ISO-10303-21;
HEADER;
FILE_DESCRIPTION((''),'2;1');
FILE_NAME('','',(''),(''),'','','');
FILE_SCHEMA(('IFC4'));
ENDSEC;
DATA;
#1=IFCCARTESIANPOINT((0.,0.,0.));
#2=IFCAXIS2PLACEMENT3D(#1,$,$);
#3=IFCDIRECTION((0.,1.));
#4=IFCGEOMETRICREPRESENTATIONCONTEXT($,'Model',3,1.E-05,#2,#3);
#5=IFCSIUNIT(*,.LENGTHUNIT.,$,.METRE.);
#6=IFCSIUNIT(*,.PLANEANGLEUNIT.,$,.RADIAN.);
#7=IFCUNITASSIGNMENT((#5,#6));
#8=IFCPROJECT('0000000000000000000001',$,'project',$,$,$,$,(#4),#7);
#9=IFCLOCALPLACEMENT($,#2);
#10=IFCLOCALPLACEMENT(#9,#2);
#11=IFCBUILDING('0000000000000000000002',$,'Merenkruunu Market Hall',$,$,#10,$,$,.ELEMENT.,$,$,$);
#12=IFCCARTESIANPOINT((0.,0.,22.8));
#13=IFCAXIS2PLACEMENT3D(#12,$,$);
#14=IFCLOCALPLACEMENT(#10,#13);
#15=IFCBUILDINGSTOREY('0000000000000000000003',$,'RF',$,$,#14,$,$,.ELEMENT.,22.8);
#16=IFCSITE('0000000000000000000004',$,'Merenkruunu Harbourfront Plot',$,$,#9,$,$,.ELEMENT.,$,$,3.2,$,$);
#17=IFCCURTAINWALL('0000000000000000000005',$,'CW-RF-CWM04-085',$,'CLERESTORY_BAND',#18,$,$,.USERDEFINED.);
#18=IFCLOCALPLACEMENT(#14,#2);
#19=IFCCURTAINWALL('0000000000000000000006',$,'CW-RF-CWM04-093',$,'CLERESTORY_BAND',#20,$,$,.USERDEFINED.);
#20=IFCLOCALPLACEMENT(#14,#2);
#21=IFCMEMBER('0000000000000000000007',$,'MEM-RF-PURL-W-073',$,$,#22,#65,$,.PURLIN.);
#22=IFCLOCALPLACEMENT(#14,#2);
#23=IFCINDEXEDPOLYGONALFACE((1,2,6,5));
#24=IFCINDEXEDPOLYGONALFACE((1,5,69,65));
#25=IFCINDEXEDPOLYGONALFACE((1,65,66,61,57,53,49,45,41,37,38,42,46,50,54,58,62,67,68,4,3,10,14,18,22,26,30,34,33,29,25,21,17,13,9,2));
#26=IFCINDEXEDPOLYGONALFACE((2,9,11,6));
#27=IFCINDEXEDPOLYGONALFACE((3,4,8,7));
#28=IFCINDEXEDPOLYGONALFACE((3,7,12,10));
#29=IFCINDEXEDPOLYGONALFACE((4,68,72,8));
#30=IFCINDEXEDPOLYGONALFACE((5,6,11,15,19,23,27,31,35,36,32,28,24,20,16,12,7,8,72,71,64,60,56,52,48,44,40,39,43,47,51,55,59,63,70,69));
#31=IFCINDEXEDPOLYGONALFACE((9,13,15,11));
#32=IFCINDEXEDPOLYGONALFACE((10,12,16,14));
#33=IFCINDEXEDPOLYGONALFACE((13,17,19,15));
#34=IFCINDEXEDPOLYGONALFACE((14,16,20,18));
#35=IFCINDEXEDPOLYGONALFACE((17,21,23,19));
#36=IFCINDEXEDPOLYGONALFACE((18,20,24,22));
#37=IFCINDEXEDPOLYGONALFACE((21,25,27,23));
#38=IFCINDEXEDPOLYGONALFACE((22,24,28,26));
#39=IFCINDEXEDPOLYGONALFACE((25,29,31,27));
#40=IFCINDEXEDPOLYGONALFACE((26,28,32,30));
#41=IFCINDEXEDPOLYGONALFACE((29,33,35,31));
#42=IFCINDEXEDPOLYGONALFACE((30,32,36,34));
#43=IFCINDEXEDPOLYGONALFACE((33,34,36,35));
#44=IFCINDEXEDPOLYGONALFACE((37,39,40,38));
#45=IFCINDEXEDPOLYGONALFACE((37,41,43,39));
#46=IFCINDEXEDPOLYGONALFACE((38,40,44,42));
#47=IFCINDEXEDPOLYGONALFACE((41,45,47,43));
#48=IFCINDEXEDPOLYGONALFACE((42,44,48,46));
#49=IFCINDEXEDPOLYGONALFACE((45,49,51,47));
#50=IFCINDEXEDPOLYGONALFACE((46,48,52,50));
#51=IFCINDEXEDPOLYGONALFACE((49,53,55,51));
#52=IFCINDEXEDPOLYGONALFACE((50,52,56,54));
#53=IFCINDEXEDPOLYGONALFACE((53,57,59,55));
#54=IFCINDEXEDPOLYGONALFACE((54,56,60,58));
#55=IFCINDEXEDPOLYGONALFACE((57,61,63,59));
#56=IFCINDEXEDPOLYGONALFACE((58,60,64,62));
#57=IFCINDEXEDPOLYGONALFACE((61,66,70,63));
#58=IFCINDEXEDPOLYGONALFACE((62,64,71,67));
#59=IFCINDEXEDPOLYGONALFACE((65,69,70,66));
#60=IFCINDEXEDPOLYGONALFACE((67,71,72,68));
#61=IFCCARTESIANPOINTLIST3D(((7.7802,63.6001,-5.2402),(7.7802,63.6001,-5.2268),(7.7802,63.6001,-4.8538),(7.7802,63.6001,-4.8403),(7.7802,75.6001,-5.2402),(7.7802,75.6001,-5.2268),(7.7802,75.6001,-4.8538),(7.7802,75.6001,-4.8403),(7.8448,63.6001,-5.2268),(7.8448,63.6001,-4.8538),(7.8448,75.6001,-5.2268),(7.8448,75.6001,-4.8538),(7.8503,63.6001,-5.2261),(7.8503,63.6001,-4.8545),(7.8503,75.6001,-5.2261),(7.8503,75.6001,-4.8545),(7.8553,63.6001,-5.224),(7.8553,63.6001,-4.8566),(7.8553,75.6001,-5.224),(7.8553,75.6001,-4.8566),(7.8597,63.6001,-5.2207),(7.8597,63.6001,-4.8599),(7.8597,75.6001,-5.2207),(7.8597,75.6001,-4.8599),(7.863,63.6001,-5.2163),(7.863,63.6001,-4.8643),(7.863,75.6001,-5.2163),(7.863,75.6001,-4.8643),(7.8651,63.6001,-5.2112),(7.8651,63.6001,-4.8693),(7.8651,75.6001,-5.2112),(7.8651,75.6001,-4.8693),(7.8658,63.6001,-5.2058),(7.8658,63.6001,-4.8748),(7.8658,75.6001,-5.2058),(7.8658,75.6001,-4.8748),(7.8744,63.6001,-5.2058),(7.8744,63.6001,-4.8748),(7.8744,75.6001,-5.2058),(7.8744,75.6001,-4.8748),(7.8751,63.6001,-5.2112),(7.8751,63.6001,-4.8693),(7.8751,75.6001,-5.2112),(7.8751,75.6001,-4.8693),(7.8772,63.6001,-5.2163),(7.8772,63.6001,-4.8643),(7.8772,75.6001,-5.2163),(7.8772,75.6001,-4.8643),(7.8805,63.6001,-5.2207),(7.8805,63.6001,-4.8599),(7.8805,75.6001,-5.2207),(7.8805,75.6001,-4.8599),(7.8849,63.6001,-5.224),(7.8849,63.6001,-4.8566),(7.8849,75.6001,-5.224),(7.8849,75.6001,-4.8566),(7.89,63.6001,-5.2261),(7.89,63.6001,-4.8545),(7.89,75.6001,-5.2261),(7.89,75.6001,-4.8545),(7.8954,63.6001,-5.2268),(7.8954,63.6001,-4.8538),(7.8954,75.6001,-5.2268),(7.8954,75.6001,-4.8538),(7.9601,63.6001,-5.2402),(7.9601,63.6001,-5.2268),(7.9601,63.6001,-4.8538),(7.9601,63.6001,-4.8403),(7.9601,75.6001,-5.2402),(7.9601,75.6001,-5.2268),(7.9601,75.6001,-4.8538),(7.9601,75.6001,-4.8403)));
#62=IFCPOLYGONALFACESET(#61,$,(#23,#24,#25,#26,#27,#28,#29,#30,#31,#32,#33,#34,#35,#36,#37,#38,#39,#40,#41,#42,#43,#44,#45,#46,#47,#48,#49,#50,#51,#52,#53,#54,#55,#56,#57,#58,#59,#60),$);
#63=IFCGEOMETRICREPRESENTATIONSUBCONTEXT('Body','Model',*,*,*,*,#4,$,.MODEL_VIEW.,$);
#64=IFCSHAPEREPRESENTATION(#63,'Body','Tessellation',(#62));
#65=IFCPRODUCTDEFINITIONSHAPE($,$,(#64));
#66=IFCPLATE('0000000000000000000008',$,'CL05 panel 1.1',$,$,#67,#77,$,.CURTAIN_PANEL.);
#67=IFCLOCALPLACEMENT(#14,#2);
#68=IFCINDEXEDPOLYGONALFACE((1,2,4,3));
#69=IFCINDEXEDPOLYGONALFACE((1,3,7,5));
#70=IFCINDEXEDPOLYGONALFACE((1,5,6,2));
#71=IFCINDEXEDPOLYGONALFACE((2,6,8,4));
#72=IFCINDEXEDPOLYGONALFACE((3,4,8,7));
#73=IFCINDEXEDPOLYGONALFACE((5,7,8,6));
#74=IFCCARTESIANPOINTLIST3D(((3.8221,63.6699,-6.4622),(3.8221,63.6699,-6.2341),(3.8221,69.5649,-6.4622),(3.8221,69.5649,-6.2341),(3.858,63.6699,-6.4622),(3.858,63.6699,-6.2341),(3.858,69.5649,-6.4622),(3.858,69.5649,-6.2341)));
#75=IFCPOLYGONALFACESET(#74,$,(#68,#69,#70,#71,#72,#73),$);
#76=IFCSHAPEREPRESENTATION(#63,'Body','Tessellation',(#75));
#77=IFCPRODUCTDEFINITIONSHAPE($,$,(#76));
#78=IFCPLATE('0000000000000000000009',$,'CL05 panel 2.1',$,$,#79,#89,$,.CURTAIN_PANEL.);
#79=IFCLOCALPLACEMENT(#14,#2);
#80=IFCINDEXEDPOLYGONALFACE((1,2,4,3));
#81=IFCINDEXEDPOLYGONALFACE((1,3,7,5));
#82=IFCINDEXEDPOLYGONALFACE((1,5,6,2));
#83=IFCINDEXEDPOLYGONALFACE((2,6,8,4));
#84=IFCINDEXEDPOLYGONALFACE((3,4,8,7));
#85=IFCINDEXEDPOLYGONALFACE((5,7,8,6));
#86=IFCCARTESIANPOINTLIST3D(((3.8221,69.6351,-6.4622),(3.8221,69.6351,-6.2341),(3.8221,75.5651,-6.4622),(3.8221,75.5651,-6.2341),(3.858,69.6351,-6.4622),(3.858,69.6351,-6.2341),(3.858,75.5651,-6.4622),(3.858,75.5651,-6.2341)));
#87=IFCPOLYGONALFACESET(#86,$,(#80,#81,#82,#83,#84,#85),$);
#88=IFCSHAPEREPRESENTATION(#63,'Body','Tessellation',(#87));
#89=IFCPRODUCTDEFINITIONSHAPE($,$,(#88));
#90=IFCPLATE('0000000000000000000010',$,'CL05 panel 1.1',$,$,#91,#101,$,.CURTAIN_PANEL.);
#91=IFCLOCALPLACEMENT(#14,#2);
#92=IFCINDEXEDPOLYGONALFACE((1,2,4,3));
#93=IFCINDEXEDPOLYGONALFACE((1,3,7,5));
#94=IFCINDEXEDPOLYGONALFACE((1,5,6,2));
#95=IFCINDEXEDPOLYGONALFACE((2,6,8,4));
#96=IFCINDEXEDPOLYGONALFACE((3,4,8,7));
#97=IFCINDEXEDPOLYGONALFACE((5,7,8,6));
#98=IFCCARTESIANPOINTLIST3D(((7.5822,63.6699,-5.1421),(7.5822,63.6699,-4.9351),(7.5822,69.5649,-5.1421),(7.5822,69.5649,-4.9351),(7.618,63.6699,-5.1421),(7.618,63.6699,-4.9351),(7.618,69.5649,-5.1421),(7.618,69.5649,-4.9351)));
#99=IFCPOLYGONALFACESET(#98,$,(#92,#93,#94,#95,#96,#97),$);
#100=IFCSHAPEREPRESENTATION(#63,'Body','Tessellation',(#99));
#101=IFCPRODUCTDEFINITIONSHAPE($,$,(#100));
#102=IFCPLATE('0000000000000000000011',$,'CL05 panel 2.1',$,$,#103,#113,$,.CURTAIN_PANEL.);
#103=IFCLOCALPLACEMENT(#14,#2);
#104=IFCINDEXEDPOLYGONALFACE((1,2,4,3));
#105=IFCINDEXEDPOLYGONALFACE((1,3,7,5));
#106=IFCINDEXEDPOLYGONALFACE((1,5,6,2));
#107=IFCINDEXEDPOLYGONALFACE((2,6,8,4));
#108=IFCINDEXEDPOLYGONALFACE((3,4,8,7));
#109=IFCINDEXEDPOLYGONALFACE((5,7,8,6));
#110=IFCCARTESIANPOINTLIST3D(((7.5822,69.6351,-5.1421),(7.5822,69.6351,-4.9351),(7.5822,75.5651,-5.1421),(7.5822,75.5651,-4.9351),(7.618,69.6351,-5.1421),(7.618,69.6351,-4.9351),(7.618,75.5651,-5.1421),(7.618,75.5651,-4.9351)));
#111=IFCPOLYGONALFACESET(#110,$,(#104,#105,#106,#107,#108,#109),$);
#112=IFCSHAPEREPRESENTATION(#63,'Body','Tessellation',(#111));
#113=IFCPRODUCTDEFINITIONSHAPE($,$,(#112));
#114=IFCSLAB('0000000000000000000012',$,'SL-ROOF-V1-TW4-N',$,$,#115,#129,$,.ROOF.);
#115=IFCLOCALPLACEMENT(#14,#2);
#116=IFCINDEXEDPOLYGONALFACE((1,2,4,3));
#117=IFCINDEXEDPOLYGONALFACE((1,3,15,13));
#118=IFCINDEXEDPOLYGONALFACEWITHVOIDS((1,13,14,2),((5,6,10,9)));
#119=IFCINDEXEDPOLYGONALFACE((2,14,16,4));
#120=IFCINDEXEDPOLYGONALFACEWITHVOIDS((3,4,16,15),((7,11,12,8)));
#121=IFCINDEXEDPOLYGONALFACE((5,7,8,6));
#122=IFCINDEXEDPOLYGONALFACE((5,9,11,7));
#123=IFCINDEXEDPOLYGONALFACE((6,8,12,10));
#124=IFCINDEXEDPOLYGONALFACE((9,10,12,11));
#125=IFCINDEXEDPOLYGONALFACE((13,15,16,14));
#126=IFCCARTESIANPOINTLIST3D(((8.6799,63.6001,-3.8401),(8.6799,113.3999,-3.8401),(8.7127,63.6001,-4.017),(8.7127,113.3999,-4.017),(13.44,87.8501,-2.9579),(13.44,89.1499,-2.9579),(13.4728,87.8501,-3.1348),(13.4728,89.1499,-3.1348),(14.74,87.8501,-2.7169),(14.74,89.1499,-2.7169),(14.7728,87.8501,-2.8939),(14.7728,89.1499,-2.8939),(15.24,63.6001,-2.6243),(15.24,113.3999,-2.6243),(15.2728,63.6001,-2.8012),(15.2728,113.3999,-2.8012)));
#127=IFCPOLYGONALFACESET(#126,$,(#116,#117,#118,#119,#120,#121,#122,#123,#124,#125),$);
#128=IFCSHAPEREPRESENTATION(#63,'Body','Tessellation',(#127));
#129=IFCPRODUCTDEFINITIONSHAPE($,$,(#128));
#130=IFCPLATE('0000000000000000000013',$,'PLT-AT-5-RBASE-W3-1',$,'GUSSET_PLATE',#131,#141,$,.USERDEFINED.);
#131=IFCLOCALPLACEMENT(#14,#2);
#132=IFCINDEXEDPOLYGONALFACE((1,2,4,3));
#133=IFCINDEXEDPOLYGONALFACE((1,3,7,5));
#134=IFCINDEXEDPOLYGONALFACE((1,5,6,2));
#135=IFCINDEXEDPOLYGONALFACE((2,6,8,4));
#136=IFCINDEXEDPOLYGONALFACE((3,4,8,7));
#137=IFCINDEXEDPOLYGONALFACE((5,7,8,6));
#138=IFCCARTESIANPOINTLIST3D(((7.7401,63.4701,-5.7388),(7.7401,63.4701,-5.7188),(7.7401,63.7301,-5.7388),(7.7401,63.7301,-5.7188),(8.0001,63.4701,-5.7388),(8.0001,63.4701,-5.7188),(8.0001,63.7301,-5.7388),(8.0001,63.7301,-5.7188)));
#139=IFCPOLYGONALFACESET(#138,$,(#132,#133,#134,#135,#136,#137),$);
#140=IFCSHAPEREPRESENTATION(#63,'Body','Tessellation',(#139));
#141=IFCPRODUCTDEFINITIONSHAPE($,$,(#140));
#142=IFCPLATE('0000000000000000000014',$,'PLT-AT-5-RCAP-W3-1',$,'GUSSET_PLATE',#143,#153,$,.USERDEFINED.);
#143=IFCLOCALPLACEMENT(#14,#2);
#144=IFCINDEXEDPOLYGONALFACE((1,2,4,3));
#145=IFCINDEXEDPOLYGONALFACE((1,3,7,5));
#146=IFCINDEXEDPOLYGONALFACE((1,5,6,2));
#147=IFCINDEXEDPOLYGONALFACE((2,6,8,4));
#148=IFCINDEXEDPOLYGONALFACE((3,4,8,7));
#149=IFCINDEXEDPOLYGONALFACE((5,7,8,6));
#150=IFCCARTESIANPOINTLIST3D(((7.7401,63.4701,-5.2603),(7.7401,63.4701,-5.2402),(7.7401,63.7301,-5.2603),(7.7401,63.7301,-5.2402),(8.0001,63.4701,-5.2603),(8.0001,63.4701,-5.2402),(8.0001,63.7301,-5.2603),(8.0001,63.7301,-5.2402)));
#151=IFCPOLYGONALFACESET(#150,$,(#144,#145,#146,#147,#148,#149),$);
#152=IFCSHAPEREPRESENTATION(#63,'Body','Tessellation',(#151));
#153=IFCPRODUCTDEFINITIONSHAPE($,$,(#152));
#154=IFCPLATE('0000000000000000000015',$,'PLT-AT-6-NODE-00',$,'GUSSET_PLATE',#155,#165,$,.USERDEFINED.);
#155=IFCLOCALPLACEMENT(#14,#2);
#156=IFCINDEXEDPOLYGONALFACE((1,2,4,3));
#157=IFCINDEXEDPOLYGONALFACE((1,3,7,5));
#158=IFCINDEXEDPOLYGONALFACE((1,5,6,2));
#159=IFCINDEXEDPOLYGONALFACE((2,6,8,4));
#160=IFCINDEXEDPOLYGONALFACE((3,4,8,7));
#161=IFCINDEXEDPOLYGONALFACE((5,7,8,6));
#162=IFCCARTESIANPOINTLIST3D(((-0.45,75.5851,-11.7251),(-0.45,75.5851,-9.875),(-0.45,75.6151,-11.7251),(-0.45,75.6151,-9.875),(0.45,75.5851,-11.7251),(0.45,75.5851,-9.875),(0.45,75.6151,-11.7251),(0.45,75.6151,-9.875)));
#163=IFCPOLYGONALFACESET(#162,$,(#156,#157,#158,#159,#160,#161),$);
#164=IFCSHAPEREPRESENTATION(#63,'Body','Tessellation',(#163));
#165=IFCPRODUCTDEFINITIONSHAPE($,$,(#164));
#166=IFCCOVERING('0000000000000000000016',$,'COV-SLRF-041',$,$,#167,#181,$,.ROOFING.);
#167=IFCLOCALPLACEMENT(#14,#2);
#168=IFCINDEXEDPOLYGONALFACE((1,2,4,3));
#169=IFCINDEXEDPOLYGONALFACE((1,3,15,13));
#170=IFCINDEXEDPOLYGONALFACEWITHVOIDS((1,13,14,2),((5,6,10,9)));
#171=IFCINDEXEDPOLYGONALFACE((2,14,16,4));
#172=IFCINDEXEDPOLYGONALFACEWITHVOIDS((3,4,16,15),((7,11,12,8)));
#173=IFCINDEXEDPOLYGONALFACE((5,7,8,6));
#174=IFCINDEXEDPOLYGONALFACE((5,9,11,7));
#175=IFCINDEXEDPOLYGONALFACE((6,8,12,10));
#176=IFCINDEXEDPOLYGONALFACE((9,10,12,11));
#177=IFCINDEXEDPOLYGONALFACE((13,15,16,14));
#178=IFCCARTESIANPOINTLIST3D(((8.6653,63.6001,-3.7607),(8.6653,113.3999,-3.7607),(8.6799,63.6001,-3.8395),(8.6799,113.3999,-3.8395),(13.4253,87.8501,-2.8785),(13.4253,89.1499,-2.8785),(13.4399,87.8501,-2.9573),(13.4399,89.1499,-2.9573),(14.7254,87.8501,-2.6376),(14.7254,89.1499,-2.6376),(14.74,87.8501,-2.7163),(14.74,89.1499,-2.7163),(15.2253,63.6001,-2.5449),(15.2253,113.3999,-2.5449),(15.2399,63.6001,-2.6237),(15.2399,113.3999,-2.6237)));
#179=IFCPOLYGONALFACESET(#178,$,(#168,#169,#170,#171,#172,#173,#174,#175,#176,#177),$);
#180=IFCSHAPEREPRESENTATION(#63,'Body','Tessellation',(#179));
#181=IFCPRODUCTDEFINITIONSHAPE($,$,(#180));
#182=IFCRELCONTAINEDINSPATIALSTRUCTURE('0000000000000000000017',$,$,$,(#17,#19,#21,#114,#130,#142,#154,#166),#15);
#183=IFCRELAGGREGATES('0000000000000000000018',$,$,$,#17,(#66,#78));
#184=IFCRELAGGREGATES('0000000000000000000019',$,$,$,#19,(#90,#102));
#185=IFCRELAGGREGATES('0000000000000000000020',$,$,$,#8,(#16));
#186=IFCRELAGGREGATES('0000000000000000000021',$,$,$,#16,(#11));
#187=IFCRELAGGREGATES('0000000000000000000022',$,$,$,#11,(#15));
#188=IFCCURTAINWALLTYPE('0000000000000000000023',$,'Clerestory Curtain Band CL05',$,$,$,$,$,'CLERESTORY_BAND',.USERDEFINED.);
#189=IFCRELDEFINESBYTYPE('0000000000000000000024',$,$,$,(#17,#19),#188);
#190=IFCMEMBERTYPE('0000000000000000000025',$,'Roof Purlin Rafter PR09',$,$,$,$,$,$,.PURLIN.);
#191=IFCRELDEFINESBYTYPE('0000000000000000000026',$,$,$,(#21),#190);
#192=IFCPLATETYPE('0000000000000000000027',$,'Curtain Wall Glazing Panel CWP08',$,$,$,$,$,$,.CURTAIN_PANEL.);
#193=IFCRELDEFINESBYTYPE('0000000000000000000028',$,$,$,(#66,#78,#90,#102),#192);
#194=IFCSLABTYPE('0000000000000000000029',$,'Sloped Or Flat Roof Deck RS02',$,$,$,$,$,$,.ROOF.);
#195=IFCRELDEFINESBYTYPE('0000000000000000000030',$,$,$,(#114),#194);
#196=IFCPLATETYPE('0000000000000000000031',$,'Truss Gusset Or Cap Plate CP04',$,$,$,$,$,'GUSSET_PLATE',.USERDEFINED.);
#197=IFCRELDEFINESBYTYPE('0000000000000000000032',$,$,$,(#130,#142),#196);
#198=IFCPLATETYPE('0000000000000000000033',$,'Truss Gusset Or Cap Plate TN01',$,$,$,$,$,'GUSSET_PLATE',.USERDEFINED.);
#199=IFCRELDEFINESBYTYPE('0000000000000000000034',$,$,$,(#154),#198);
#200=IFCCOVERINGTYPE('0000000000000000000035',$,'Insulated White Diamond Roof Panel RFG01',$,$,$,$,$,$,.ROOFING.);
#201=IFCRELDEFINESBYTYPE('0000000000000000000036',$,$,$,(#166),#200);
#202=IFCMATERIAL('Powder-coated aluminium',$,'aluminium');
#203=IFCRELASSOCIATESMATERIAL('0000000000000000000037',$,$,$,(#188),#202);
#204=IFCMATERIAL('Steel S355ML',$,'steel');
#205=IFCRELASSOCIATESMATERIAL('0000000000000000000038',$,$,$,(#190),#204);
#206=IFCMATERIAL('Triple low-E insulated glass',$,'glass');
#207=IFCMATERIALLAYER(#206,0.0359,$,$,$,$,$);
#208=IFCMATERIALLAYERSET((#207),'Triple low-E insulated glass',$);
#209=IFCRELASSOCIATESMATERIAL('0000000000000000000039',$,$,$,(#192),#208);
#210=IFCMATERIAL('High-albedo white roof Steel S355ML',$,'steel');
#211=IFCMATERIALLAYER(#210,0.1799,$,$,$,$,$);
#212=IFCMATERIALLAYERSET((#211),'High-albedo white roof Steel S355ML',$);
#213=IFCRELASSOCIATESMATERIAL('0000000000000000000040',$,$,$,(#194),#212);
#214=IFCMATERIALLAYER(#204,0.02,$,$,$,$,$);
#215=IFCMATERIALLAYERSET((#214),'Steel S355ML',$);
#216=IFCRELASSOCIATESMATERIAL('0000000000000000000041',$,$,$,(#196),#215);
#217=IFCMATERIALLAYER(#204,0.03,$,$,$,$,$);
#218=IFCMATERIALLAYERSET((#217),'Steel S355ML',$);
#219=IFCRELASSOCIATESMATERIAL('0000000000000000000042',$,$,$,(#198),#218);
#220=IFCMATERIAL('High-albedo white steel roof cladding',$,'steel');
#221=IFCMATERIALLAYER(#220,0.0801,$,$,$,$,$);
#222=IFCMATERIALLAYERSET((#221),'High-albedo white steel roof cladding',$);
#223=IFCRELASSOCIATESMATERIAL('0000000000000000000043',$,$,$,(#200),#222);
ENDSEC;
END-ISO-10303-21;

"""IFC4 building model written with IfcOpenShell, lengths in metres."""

from ifc_helpers import new_model, si_unit, direction, frame, origin, origin_2d, place, context, subcontext, project, spatial, polyline, rectangle, i_section, outline, extrude, material, layer, layer_set, material_profile, profile_set, type_object, element, aggregate, save


model = new_model("IFC4")

# Units and contexts
model_context = context("Model", 3, precision=1e-05, world=origin(), true_north=direction((0.0, 1.0)))
body_context = subcontext(model_context, "Body", "Model", "MODEL_VIEW")
ifc_project = project(units=[si_unit("LENGTHUNIT", "METRE"), si_unit("PLANEANGLEUNIT", "RADIAN")], contexts=[model_context])

# Site, building, storey
site_placement = place(None, origin())
site = spatial("IfcSite", under=ifc_project, at=site_placement, Name="Merenkruunu Harbourfront Plot", CompositionType="ELEMENT", RefElevation=3.2)
building_placement = place(site_placement, origin())
building = spatial("IfcBuilding", under=site, at=building_placement, Name="Merenkruunu Market Hall", CompositionType="ELEMENT")
storey_placement = place(building_placement, frame((0.0, 0.0, 22.8)))
storey = spatial("IfcBuildingStorey", under=building, at=storey_placement, Name="RF", CompositionType="ELEMENT", Elevation=22.8)

# Shared definitions
ifc_material_1 = material(Name="Steel S355ML", Category="steel")

# Curtain walls
ifc_material_2 = material(Name="Powder-coated aluminium", Category="aluminium")
curtain_wall_type = type_object("IfcCurtainWallType", Name="Clerestory Curtain Band CL05", ElementType="CLERESTORY_BAND", PredefinedType="USERDEFINED", material=ifc_material_2)
curtain_wall_1_placement = place(storey_placement, origin())
curtain_wall_1 = element("IfcCurtainWall", 1, at=curtain_wall_1_placement, inside=storey, type_object=curtain_wall_type, Name="CW-RF-CWM04-085", ObjectType="CLERESTORY_BAND", PredefinedType="USERDEFINED")
curtain_wall_2_placement = place(storey_placement, origin())
curtain_wall_2 = element("IfcCurtainWall", 2, at=curtain_wall_2_placement, inside=storey, type_object=curtain_wall_type, Name="CW-RF-CWM04-093", ObjectType="CLERESTORY_BAND", PredefinedType="USERDEFINED")

# Member
ifc_material_profile_1 = material_profile(ifc_material_1, i_section(OverallWidth=0.1799, OverallDepth=0.3999, WebThickness=0.0085, FlangeThickness=0.0134, FilletRadius=0.021, at=origin_2d()), Name="IPE 400")
ifc_profile_set_1 = profile_set([ifc_material_profile_1], Name="Steel S355ML")
member_type_1 = type_object("IfcMemberType", Name="Roof Purlin Rafter PR09", PredefinedType="PURLIN", material=ifc_profile_set_1)
member_1_placement = place(storey_placement, frame((7.8701, 63.6001, -5.0403), z_axis=(0.0, 1.0, 0.0), x_axis=(-1.0, 0.0, 0.0)))
element("IfcMember", 3, at=member_1_placement, inside=storey, type_object=member_type_1, Name="MEM-RF-PURL-W-073", PredefinedType="PURLIN", context=body_context, shape_type="SweptSolid", body=[
    extrude(i_section(OverallWidth=0.1799, OverallDepth=0.3999, WebThickness=0.0085, FlangeThickness=0.0134, FilletRadius=0.021, at=origin_2d()), origin(), (0.0, 0.0, 1.0), 12.0),
])

# Plates
ifc_material_3 = material(Name="Triple low-E insulated glass", Category="glass")
ifc_layer_1 = layer(ifc_material_3, 0.0359)
ifc_layer_set_1 = layer_set([ifc_layer_1], Name="Triple low-E insulated glass")
plate_type_1 = type_object("IfcPlateType", Name="Curtain Wall Glazing Panel CWP08", PredefinedType="CURTAIN_PANEL", material=ifc_layer_set_1)
plate_1_placement = place(storey_placement, frame((3.8401, 66.6174, -6.4622), z_axis=(0.0, 0.0, 1.0), x_axis=(0.0, 1.0, 0.0)))
plate_1 = element("IfcPlate", 4, at=plate_1_placement, type_object=plate_type_1, Name="CL05 panel 1.1", PredefinedType="CURTAIN_PANEL", context=body_context, shape_type="SweptSolid", body=[
    extrude(rectangle(XDim=5.895, YDim=0.0359, at=origin_2d()), origin(), (0.0, 0.0, 1.0), 0.228),
])
plate_2_placement = place(storey_placement, frame((3.8401, 72.6001, -6.4622), z_axis=(0.0, 0.0, 1.0), x_axis=(0.0, 1.0, 0.0)))
plate_2 = element("IfcPlate", 5, at=plate_2_placement, type_object=plate_type_1, Name="CL05 panel 2.1", PredefinedType="CURTAIN_PANEL", context=body_context, shape_type="SweptSolid", body=[
    extrude(rectangle(XDim=5.9299, YDim=0.0359, at=origin_2d()), origin(), (0.0, 0.0, 1.0), 0.228),
])
aggregate(curtain_wall_1, [plate_1, plate_2])
plate_3_placement = place(storey_placement, frame((7.6001, 66.6174, -5.1421), z_axis=(0.0, 0.0, 1.0), x_axis=(0.0, 1.0, 0.0)))
plate_3 = element("IfcPlate", 6, at=plate_3_placement, type_object=plate_type_1, Name="CL05 panel 1.1", PredefinedType="CURTAIN_PANEL", context=body_context, shape_type="SweptSolid", body=[
    extrude(rectangle(XDim=5.895, YDim=0.0359, at=origin_2d()), origin(), (0.0, 0.0, 1.0), 0.207),
])
plate_4_placement = place(storey_placement, frame((7.6001, 72.6001, -5.1421), z_axis=(0.0, 0.0, 1.0), x_axis=(0.0, 1.0, 0.0)))
plate_4 = element("IfcPlate", 7, at=plate_4_placement, type_object=plate_type_1, Name="CL05 panel 2.1", PredefinedType="CURTAIN_PANEL", context=body_context, shape_type="SweptSolid", body=[
    extrude(rectangle(XDim=5.9299, YDim=0.0359, at=origin_2d()), origin(), (0.0, 0.0, 1.0), 0.207),
])
aggregate(curtain_wall_2, [plate_3, plate_4])

# Slab
ifc_material_4 = material(Name="High-albedo white roof Steel S355ML", Category="steel")
ifc_layer_2 = layer(ifc_material_4, 0.1799)
ifc_layer_set_2 = layer_set([ifc_layer_2], Name="High-albedo white roof Steel S355ML")
slab_type = type_object("IfcSlabType", Name="Sloped Or Flat Roof Deck RS02", PredefinedType="ROOF", material=ifc_layer_set_2)
slab_placement = place(storey_placement, frame((8.6799, 63.6001, -3.8401), z_axis=(-0.182233, 0.0, 0.983255), x_axis=(0.983255, 0.0, 0.182233)))
element("IfcSlab", 8, at=slab_placement, inside=storey, type_object=slab_type, Name="SL-ROOF-V1-TW4-N", PredefinedType="ROOF", context=body_context, shape_type="SweptSolid", body=[
    extrude(outline(polyline([(0.0, 0.0), (6.6718, 0.0), (6.6718, 49.7998), (0.0, 49.7998), (0.0, 0.0)]), holes=[polyline([(4.8411, 24.25), (6.1633, 24.25), (6.1633, 25.5498), (4.8411, 25.5498), (4.8411, 24.25)])]), origin(), (0.0, 0.0, -1.0), 0.1799),
])

# Plates
ifc_layer_3 = layer(ifc_material_1, 0.02)
ifc_layer_set_3 = layer_set([ifc_layer_3], Name="Steel S355ML")
plate_type_2 = type_object("IfcPlateType", Name="Truss Gusset Or Cap Plate CP04", ElementType="GUSSET_PLATE", PredefinedType="USERDEFINED", material=ifc_layer_set_3)
for number, where, z_axis, x_axis, name in (
    (9, (7.8701, 63.6001, -5.7388), (0.0, 0.0, 1.0), (1.0, 0.0, 0.0), "PLT-AT-5-RBASE-W3-1"),
    (10, (7.8701, 63.6001, -5.2603), (0.0, 0.0, 1.0), (1.0, 0.0, 0.0), "PLT-AT-5-RCAP-W3-1"),
):
    element("IfcPlate", number, at=place(storey_placement, frame(where, z_axis=z_axis, x_axis=x_axis)), inside=storey, type_object=plate_type_2, Name=name, ObjectType="GUSSET_PLATE", PredefinedType="USERDEFINED", context=body_context, shape_type="SweptSolid", body=[
        extrude(rectangle(XDim=0.26, YDim=0.26, at=origin_2d()), origin(), (0.0, 0.0, 1.0), 0.02),
    ])
ifc_layer_4 = layer(ifc_material_1, 0.03)
ifc_layer_set_4 = layer_set([ifc_layer_4], Name="Steel S355ML")
plate_type_3 = type_object("IfcPlateType", Name="Truss Gusset Or Cap Plate TN01", ElementType="GUSSET_PLATE", PredefinedType="USERDEFINED", material=ifc_layer_set_4)
plate_5_placement = place(storey_placement, frame((0.0, 75.6001, -11.7251), z_axis=(0.0, 0.0, 1.0), x_axis=(1.0, 0.0, 0.0)))
element("IfcPlate", 11, at=plate_5_placement, inside=storey, type_object=plate_type_3, Name="PLT-AT-6-NODE-00", ObjectType="GUSSET_PLATE", PredefinedType="USERDEFINED", context=body_context, shape_type="SweptSolid", body=[
    extrude(rectangle(XDim=0.8999, YDim=0.03, at=origin_2d()), origin(), (0.0, 0.0, 1.0), 1.8501),
])

# Covering
ifc_material_5 = material(Name="High-albedo white steel roof cladding", Category="steel")
ifc_layer_5 = layer(ifc_material_5, 0.0801)
ifc_layer_set_5 = layer_set([ifc_layer_5], Name="High-albedo white steel roof cladding")
covering_type = type_object("IfcCoveringType", Name="Insulated White Diamond Roof Panel RFG01", PredefinedType="ROOFING", material=ifc_layer_set_5)
covering_placement = place(storey_placement, frame((8.6653, 63.6001, -3.7607), z_axis=(-0.182233, 0.0, 0.983255), x_axis=(0.983255, 0.0, 0.182233)))
element("IfcCovering", 12, at=covering_placement, inside=storey, type_object=covering_type, Name="COV-SLRF-041", PredefinedType="ROOFING", context=body_context, shape_type="SweptSolid", body=[
    extrude(outline(polyline([(0.0, 0.0), (6.6718, 0.0), (6.6718, 49.7998), (0.0, 49.7998), (0.0, 0.0)]), holes=[polyline([(4.841, 24.25), (6.1633, 24.25), (6.1633, 25.5498), (4.841, 25.5498), (4.841, 24.25)])]), origin(), (0.0, 0.0, -1.0), 0.0801),
])

save(model, "model.ifc")
